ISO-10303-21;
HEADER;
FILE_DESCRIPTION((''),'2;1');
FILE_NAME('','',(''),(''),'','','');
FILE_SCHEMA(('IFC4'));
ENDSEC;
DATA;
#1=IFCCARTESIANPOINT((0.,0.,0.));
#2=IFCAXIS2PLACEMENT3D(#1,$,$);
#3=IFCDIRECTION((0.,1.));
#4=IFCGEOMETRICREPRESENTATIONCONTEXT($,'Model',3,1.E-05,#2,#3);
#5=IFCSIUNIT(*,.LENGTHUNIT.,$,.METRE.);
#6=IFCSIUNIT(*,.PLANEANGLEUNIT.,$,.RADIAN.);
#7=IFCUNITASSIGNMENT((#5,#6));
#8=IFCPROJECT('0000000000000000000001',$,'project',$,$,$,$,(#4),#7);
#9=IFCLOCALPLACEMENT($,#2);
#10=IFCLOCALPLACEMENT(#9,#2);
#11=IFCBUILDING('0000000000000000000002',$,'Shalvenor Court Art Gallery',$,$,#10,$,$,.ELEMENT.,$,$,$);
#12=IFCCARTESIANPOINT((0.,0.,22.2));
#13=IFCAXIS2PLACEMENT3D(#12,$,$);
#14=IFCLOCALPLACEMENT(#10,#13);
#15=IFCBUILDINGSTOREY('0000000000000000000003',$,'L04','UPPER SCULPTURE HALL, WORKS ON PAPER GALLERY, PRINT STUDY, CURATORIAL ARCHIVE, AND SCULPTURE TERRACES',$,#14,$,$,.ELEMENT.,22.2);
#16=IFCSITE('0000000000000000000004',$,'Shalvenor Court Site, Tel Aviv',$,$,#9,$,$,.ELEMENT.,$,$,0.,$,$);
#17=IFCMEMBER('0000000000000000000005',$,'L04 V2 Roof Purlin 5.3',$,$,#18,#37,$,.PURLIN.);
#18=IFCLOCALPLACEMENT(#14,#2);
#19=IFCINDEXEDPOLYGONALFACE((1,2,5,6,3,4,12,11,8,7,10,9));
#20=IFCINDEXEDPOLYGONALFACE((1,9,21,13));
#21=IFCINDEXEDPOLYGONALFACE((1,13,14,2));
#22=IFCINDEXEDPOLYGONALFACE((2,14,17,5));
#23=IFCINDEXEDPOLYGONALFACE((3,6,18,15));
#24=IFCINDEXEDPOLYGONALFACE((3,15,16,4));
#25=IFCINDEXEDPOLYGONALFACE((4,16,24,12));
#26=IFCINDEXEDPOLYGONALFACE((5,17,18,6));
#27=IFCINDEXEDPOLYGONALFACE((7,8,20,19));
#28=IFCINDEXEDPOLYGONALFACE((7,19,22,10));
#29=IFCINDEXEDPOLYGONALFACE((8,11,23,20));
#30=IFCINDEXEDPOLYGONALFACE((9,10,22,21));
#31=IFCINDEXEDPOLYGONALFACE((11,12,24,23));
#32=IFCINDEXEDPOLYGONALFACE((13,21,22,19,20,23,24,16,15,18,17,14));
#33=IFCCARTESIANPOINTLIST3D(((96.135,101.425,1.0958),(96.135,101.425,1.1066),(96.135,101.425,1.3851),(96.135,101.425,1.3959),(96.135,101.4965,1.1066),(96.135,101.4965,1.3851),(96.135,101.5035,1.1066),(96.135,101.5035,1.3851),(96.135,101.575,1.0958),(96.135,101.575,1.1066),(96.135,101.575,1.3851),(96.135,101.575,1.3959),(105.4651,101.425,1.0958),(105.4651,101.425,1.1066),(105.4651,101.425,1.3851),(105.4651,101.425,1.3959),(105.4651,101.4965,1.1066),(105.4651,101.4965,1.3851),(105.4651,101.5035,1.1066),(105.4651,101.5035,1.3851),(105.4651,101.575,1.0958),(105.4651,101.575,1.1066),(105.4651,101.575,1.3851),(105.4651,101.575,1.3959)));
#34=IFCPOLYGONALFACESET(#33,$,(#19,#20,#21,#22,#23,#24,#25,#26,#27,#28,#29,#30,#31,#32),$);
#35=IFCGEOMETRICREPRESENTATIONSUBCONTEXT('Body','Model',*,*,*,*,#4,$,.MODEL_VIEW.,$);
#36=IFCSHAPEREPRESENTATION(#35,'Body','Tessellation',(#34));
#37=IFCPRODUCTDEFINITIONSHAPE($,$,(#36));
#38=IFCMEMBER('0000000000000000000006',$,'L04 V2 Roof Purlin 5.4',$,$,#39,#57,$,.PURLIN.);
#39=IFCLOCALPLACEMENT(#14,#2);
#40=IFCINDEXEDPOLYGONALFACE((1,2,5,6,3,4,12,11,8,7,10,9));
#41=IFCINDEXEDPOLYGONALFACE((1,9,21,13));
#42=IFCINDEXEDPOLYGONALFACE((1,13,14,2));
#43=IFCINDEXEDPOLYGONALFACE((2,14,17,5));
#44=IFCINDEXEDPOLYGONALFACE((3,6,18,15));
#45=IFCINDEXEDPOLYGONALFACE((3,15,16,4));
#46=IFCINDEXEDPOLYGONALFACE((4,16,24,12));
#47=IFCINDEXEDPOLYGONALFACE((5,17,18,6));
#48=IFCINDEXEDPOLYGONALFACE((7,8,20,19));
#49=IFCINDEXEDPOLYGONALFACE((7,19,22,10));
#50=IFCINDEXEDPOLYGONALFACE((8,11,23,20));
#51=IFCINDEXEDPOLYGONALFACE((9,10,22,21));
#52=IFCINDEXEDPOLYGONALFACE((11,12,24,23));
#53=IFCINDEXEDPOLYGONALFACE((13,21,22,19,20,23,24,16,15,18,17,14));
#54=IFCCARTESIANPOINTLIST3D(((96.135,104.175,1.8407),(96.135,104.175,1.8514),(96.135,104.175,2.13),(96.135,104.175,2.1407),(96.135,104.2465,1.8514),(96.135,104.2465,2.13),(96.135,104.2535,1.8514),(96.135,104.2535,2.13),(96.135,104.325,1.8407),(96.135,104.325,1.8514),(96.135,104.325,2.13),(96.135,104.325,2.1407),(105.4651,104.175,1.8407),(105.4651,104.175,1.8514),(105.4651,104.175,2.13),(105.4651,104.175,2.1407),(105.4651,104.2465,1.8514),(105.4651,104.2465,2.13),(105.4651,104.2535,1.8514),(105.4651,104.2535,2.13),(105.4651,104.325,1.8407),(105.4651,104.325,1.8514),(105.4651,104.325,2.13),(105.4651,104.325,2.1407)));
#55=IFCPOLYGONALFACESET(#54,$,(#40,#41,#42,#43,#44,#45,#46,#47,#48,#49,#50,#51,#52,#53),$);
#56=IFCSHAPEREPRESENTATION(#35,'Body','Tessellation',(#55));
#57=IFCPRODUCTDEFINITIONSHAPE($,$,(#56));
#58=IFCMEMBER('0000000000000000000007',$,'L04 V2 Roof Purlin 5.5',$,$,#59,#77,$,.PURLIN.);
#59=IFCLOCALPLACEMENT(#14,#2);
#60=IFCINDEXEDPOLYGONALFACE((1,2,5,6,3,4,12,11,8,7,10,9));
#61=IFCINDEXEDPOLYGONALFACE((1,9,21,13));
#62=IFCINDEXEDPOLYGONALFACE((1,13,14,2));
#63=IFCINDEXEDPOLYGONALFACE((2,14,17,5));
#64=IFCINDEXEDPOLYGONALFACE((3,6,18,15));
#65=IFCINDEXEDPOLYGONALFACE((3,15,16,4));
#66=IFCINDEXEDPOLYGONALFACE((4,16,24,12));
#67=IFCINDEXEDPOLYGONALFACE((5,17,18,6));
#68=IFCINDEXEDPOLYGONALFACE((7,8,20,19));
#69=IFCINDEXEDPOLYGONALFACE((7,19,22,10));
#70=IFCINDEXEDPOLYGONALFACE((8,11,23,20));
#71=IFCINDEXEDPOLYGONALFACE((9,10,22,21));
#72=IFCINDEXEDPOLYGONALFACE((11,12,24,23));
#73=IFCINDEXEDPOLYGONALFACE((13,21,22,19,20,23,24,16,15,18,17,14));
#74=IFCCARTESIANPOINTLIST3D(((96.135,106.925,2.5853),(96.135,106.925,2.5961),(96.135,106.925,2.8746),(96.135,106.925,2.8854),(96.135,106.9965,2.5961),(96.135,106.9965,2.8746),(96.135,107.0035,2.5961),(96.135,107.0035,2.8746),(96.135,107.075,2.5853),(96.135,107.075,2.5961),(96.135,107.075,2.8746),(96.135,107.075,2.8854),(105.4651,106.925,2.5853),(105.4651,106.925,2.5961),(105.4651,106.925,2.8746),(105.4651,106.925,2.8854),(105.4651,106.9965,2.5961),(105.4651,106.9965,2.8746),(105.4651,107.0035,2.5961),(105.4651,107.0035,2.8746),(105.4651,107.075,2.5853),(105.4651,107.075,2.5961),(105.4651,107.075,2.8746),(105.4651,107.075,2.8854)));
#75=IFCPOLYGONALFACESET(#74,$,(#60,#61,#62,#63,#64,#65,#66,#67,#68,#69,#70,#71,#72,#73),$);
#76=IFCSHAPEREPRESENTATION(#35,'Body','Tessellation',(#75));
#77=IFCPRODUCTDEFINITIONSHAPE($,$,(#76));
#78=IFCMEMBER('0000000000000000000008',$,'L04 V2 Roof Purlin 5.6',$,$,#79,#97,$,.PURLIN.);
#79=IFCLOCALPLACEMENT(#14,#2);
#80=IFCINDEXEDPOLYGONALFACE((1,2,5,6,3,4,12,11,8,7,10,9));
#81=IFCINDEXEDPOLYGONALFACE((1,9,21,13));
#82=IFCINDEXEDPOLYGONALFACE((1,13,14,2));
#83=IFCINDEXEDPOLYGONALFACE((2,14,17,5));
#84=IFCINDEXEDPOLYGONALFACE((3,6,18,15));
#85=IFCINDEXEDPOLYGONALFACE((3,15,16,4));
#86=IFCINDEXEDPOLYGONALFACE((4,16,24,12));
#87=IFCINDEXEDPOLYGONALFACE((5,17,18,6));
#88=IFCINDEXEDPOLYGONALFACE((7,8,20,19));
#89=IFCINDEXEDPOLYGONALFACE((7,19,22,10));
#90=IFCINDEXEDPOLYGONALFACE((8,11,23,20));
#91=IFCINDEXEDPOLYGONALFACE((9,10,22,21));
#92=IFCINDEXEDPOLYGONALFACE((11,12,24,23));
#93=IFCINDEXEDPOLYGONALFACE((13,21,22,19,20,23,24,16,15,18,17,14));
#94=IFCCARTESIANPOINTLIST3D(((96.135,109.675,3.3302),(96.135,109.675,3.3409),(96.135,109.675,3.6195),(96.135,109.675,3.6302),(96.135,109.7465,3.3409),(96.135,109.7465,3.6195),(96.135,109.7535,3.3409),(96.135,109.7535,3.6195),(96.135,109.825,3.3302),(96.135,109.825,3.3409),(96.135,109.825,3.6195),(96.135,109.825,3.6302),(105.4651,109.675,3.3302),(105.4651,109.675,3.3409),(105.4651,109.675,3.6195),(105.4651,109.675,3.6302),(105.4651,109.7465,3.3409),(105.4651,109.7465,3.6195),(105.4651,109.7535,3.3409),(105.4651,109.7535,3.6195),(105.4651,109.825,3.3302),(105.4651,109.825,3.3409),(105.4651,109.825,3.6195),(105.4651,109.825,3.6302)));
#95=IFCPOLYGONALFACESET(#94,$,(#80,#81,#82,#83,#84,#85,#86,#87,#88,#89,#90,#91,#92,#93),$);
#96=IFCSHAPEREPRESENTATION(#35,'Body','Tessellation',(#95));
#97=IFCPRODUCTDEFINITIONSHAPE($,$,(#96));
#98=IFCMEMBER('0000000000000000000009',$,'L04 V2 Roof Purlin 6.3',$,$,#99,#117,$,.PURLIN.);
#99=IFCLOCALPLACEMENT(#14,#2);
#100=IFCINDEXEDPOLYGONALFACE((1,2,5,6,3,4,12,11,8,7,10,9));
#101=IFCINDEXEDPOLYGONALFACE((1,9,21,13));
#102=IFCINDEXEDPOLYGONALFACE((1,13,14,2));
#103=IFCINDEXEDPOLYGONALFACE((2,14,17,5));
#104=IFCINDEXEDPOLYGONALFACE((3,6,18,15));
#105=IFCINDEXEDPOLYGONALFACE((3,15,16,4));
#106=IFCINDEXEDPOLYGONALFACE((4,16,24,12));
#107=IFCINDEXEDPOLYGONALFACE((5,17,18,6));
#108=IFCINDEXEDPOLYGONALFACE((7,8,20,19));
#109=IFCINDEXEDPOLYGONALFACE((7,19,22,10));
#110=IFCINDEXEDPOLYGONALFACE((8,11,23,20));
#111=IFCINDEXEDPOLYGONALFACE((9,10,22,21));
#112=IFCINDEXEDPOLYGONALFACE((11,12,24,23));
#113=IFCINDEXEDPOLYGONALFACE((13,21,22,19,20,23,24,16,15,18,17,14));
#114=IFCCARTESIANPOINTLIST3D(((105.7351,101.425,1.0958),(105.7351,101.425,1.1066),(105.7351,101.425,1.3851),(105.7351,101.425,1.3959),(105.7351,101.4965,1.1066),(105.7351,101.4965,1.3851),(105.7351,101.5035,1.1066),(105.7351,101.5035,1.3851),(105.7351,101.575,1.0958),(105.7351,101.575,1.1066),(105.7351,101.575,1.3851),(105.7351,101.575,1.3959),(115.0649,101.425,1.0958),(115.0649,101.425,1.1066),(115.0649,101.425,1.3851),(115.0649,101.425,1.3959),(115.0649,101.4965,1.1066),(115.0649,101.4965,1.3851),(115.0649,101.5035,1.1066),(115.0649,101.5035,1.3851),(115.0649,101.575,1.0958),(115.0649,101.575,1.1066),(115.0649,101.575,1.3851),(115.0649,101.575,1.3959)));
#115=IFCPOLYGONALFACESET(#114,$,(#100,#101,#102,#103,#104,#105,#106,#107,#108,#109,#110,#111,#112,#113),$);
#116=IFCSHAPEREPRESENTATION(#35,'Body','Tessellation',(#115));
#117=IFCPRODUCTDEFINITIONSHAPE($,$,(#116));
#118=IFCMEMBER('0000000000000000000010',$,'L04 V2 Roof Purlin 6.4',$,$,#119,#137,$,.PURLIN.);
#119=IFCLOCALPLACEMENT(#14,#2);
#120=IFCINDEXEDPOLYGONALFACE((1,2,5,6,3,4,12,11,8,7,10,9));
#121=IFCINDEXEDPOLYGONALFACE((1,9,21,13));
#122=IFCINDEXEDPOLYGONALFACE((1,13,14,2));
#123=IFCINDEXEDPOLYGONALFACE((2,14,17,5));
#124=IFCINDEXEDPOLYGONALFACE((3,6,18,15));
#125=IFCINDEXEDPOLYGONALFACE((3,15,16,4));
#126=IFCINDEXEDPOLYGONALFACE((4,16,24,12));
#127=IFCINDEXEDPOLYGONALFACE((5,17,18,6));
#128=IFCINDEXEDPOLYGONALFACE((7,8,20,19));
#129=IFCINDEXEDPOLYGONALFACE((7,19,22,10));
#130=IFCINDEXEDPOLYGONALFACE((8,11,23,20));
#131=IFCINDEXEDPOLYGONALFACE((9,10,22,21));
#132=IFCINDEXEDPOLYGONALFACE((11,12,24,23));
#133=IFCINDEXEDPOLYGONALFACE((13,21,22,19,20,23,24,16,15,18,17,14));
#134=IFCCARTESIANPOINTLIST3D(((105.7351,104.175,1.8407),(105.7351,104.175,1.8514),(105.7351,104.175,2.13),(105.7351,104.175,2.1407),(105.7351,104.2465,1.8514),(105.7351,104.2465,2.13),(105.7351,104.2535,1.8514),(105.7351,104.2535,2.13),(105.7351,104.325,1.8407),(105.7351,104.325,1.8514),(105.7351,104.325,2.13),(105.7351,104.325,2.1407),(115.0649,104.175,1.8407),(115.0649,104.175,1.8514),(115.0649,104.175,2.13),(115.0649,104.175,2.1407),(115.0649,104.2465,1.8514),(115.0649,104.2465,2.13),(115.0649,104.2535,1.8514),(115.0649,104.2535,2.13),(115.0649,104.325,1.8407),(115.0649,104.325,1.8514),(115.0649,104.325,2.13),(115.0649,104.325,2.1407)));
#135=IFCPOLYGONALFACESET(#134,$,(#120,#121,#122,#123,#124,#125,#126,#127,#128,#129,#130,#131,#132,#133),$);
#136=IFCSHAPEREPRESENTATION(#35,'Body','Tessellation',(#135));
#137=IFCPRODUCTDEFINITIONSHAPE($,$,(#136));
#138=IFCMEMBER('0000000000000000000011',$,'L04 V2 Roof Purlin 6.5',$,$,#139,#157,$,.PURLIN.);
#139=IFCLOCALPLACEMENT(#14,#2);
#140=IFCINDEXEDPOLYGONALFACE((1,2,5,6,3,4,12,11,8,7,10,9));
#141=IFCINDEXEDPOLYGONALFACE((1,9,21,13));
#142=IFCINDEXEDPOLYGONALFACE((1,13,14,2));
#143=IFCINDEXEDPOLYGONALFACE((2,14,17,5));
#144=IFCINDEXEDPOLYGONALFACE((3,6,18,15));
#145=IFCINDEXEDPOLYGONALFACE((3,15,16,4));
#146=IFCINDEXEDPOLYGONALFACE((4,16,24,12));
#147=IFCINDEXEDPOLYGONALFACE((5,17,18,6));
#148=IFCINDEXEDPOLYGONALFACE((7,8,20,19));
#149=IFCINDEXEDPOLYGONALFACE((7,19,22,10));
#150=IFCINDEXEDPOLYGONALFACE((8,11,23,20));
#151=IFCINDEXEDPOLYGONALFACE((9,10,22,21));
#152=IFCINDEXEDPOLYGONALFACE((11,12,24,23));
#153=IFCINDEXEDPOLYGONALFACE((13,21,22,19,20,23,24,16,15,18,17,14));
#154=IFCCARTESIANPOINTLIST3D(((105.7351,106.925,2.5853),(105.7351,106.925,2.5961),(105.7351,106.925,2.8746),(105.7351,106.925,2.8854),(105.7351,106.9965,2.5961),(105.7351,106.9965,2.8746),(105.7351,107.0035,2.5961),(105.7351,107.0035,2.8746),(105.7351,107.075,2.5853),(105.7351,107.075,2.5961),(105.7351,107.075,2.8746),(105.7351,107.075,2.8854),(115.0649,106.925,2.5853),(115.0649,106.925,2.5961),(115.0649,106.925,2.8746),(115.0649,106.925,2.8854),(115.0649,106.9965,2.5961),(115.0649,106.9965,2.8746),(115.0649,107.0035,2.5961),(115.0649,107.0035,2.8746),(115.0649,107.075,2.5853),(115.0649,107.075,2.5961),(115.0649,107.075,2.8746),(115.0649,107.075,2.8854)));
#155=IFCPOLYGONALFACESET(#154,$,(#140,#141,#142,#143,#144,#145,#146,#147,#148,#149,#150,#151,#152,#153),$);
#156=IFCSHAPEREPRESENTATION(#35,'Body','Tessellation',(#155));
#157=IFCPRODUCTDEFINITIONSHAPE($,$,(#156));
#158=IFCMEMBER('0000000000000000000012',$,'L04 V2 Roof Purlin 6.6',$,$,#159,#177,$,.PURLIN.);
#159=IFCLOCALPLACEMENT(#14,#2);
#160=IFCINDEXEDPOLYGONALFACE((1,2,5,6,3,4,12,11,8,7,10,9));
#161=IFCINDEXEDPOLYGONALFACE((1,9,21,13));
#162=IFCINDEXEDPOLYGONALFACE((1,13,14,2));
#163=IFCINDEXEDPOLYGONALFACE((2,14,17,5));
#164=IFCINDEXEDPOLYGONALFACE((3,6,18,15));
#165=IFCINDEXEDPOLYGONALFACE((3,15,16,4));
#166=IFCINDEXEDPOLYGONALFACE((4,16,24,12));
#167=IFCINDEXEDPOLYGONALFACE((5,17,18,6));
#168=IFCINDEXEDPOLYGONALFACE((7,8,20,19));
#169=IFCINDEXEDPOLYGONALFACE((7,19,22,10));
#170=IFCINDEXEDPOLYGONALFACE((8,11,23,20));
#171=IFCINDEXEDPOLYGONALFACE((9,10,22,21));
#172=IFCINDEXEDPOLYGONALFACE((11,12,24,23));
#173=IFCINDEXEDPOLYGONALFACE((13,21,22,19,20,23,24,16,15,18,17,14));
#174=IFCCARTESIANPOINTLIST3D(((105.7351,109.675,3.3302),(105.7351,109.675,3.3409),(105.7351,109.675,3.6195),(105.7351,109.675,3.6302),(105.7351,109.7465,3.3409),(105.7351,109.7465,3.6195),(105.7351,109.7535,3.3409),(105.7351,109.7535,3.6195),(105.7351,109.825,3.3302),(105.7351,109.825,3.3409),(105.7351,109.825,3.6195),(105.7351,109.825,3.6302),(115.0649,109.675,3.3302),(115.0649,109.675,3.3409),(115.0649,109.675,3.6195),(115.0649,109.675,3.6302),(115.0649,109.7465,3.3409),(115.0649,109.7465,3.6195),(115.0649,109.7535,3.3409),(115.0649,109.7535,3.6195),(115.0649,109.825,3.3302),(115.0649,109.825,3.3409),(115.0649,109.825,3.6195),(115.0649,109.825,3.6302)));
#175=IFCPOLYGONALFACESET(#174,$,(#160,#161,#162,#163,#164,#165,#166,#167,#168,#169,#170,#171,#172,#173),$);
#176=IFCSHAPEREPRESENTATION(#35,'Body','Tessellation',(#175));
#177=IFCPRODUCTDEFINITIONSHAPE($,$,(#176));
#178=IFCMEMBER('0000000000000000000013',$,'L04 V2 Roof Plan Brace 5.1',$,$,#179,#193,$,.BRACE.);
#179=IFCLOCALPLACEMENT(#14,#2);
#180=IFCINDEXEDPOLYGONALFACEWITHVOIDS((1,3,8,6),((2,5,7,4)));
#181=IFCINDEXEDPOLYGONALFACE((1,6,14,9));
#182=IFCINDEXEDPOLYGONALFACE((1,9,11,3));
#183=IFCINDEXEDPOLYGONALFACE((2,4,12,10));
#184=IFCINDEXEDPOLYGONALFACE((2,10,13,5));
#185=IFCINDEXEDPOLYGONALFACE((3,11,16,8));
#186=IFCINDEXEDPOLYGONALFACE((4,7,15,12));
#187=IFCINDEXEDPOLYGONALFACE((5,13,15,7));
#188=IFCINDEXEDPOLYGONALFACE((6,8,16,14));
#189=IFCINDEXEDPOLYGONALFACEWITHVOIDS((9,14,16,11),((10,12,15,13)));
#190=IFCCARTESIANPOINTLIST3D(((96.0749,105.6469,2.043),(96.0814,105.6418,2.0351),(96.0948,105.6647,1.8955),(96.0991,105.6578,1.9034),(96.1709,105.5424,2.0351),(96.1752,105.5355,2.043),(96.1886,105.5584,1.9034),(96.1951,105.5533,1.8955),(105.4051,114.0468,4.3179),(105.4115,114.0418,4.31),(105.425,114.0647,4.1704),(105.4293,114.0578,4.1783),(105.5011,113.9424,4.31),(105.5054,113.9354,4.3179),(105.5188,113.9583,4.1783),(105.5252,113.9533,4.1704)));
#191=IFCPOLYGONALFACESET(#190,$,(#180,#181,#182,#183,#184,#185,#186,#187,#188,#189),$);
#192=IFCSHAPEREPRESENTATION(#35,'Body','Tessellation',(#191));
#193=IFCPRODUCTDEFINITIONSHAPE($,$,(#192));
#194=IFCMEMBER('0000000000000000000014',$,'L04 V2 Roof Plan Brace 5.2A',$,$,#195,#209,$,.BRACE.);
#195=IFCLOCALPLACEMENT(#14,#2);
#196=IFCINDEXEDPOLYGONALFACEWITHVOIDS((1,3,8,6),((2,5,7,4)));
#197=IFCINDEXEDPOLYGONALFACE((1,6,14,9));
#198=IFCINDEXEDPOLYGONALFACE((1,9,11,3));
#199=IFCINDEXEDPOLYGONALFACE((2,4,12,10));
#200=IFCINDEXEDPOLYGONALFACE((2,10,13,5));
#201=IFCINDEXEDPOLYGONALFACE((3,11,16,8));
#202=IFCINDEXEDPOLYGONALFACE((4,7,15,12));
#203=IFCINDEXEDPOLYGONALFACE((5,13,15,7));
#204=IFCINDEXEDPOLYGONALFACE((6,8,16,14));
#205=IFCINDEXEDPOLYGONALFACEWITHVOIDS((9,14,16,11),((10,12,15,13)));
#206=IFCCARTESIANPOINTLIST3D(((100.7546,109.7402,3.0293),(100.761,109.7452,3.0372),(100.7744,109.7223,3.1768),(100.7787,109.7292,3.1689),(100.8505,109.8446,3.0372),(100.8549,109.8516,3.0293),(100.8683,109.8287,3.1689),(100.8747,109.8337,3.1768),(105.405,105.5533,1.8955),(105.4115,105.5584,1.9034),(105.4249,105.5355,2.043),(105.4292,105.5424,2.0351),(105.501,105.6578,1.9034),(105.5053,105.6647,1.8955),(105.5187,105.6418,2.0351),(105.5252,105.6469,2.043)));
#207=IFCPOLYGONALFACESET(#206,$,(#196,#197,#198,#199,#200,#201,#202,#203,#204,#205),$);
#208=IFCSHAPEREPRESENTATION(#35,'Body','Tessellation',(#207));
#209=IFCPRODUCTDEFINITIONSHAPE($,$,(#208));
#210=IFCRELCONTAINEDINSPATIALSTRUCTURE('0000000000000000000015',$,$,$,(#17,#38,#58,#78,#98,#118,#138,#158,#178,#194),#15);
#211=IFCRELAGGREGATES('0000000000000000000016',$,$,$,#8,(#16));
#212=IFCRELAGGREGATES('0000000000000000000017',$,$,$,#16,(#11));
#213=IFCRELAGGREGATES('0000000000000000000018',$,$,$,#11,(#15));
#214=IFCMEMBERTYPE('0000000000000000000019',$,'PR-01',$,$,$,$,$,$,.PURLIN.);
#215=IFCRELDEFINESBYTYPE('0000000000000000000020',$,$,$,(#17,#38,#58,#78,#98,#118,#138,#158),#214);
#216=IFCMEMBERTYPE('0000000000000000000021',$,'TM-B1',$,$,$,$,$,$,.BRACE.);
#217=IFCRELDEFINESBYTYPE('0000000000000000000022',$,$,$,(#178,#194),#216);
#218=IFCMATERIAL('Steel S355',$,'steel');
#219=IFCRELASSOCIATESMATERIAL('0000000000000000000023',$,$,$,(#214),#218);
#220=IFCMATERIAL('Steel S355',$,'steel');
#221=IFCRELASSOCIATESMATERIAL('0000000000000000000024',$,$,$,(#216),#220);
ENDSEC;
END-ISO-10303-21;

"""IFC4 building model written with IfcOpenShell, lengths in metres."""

from ifc_helpers import new_model, si_unit, direction, frame, origin, origin_2d, place, context, subcontext, project, spatial, hollow_rectangle, i_section, extrude, material, material_profile, profile_set, type_object, element, save


model = new_model("IFC4")

# Units and contexts
model_context = context("Model", 3, precision=1e-05, world=origin(), true_north=direction((0.0, 1.0)))
body_context = subcontext(model_context, "Body", "Model", "MODEL_VIEW")
ifc_project = project(units=[si_unit("LENGTHUNIT", "METRE"), si_unit("PLANEANGLEUNIT", "RADIAN")], contexts=[model_context])

# Site, building, storey
site_placement = place(None, origin())
site = spatial("IfcSite", under=ifc_project, at=site_placement, Name="Shalvenor Court Site, Tel Aviv", CompositionType="ELEMENT", RefElevation=0.0)
building_placement = place(site_placement, origin())
building = spatial("IfcBuilding", under=site, at=building_placement, Name="Shalvenor Court Art Gallery", CompositionType="ELEMENT")
storey_placement = place(building_placement, frame((0.0, 0.0, 22.2)))
storey = spatial("IfcBuildingStorey", under=building, at=storey_placement, Name="L04", Description="UPPER SCULPTURE HALL, WORKS ON PAPER GALLERY, PRINT STUDY, CURATORIAL ARCHIVE, AND SCULPTURE TERRACES", CompositionType="ELEMENT", Elevation=22.2)

# Members
ifc_material_1 = material(Name="Steel S355", Category="steel")
ifc_material_profile_1 = material_profile(ifc_material_1, i_section(OverallWidth=0.1499, OverallDepth=0.3, WebThickness=0.0071, FlangeThickness=0.0107, at=origin_2d()), Name="IPE 300")
ifc_profile_set_1 = profile_set([ifc_material_profile_1], Name="Steel S355")
member_type_1 = type_object("IfcMemberType", Name="PR-01", PredefinedType="PURLIN", material=ifc_profile_set_1)
for number, where, z_axis, x_axis, name in (
    (1, (96.135, 101.5, 1.2458), (1.0, 0.0, 0.0), (0.0, 1.0, 0.0), "L04 V2 Roof Purlin 5.3"),
    (2, (96.135, 104.25, 1.9907), (1.0, 0.0, 0.0), (0.0, 1.0, 0.0), "L04 V2 Roof Purlin 5.4"),
    (3, (96.135, 107.0, 2.7354), (1.0, 0.0, 0.0), (0.0, 1.0, 0.0), "L04 V2 Roof Purlin 5.5"),
    (4, (96.135, 109.75, 3.4802), (1.0, 0.0, 0.0), (0.0, 1.0, 0.0), "L04 V2 Roof Purlin 5.6"),
):
    element("IfcMember", number, at=place(storey_placement, frame(where, z_axis=z_axis, x_axis=x_axis)), inside=storey, type_object=member_type_1, Name=name, PredefinedType="PURLIN", context=body_context, shape_type="SweptSolid", body=[
        extrude(i_section(OverallWidth=0.1499, OverallDepth=0.3, WebThickness=0.0071, FlangeThickness=0.0107, at=origin_2d()), origin(), (0.0, 0.0, 1.0), 9.3301),
    ])
for number, where, z_axis, x_axis, name in (
    (5, (105.7351, 101.5, 1.2458), (1.0, 0.0, 0.0), (0.0, 1.0, 0.0), "L04 V2 Roof Purlin 6.3"),
    (6, (105.7351, 104.25, 1.9907), (1.0, 0.0, 0.0), (0.0, 1.0, 0.0), "L04 V2 Roof Purlin 6.4"),
    (7, (105.7351, 107.0, 2.7354), (1.0, 0.0, 0.0), (0.0, 1.0, 0.0), "L04 V2 Roof Purlin 6.5"),
    (8, (105.7351, 109.75, 3.4802), (1.0, 0.0, 0.0), (0.0, 1.0, 0.0), "L04 V2 Roof Purlin 6.6"),
):
    element("IfcMember", number, at=place(storey_placement, frame(where, z_axis=z_axis, x_axis=x_axis)), inside=storey, type_object=member_type_1, Name=name, PredefinedType="PURLIN", context=body_context, shape_type="SweptSolid", body=[
        extrude(i_section(OverallWidth=0.1499, OverallDepth=0.3, WebThickness=0.0071, FlangeThickness=0.0107, at=origin_2d()), origin(), (0.0, 0.0, 1.0), 9.3298),
    ])
ifc_material_2 = material(Name="Steel S355", Category="steel")
ifc_material_profile_2 = material_profile(ifc_material_2, hollow_rectangle(XDim=0.1499, YDim=0.1499, WallThickness=0.0081, at=origin_2d()), Name="SHS 150x150x8.0")
ifc_profile_set_2 = profile_set([ifc_material_profile_2], Name="Steel S355")
member_type_2 = type_object("IfcMemberType", Name="TM-B1", PredefinedType="BRACE", material=ifc_profile_set_2)
member_1_placement = place(storey_placement, frame((96.135, 105.6001, 1.9692), z_axis=(0.731273, 0.658368, 0.178302), x_axis=(-0.669089, 0.743182, 0.0)))
element("IfcMember", 9, at=member_1_placement, inside=storey, type_object=member_type_2, Name="L04 V2 Roof Plan Brace 5.1", PredefinedType="BRACE", context=body_context, shape_type="SweptSolid", body=[
    extrude(hollow_rectangle(XDim=0.1499, YDim=0.1499, WallThickness=0.0081, at=origin_2d()), origin(), (0.0, 0.0, 1.0), 12.7588),
])
member_2_placement = place(storey_placement, frame((105.4651, 105.6001, 1.9692), z_axis=(-0.731275, 0.65837, 0.178288), x_axis=(-0.66909, -0.743182, 0.0)))
element("IfcMember", 10, at=member_2_placement, inside=storey, type_object=member_type_2, Name="L04 V2 Roof Plan Brace 5.2A", PredefinedType="BRACE", context=body_context, shape_type="SweptSolid", body=[
    extrude(hollow_rectangle(XDim=0.1499, YDim=0.1499, WallThickness=0.0081, at=origin_2d()), origin(), (0.0, 0.0, 1.0), 6.3594),
])

save(model, "model.ifc")
